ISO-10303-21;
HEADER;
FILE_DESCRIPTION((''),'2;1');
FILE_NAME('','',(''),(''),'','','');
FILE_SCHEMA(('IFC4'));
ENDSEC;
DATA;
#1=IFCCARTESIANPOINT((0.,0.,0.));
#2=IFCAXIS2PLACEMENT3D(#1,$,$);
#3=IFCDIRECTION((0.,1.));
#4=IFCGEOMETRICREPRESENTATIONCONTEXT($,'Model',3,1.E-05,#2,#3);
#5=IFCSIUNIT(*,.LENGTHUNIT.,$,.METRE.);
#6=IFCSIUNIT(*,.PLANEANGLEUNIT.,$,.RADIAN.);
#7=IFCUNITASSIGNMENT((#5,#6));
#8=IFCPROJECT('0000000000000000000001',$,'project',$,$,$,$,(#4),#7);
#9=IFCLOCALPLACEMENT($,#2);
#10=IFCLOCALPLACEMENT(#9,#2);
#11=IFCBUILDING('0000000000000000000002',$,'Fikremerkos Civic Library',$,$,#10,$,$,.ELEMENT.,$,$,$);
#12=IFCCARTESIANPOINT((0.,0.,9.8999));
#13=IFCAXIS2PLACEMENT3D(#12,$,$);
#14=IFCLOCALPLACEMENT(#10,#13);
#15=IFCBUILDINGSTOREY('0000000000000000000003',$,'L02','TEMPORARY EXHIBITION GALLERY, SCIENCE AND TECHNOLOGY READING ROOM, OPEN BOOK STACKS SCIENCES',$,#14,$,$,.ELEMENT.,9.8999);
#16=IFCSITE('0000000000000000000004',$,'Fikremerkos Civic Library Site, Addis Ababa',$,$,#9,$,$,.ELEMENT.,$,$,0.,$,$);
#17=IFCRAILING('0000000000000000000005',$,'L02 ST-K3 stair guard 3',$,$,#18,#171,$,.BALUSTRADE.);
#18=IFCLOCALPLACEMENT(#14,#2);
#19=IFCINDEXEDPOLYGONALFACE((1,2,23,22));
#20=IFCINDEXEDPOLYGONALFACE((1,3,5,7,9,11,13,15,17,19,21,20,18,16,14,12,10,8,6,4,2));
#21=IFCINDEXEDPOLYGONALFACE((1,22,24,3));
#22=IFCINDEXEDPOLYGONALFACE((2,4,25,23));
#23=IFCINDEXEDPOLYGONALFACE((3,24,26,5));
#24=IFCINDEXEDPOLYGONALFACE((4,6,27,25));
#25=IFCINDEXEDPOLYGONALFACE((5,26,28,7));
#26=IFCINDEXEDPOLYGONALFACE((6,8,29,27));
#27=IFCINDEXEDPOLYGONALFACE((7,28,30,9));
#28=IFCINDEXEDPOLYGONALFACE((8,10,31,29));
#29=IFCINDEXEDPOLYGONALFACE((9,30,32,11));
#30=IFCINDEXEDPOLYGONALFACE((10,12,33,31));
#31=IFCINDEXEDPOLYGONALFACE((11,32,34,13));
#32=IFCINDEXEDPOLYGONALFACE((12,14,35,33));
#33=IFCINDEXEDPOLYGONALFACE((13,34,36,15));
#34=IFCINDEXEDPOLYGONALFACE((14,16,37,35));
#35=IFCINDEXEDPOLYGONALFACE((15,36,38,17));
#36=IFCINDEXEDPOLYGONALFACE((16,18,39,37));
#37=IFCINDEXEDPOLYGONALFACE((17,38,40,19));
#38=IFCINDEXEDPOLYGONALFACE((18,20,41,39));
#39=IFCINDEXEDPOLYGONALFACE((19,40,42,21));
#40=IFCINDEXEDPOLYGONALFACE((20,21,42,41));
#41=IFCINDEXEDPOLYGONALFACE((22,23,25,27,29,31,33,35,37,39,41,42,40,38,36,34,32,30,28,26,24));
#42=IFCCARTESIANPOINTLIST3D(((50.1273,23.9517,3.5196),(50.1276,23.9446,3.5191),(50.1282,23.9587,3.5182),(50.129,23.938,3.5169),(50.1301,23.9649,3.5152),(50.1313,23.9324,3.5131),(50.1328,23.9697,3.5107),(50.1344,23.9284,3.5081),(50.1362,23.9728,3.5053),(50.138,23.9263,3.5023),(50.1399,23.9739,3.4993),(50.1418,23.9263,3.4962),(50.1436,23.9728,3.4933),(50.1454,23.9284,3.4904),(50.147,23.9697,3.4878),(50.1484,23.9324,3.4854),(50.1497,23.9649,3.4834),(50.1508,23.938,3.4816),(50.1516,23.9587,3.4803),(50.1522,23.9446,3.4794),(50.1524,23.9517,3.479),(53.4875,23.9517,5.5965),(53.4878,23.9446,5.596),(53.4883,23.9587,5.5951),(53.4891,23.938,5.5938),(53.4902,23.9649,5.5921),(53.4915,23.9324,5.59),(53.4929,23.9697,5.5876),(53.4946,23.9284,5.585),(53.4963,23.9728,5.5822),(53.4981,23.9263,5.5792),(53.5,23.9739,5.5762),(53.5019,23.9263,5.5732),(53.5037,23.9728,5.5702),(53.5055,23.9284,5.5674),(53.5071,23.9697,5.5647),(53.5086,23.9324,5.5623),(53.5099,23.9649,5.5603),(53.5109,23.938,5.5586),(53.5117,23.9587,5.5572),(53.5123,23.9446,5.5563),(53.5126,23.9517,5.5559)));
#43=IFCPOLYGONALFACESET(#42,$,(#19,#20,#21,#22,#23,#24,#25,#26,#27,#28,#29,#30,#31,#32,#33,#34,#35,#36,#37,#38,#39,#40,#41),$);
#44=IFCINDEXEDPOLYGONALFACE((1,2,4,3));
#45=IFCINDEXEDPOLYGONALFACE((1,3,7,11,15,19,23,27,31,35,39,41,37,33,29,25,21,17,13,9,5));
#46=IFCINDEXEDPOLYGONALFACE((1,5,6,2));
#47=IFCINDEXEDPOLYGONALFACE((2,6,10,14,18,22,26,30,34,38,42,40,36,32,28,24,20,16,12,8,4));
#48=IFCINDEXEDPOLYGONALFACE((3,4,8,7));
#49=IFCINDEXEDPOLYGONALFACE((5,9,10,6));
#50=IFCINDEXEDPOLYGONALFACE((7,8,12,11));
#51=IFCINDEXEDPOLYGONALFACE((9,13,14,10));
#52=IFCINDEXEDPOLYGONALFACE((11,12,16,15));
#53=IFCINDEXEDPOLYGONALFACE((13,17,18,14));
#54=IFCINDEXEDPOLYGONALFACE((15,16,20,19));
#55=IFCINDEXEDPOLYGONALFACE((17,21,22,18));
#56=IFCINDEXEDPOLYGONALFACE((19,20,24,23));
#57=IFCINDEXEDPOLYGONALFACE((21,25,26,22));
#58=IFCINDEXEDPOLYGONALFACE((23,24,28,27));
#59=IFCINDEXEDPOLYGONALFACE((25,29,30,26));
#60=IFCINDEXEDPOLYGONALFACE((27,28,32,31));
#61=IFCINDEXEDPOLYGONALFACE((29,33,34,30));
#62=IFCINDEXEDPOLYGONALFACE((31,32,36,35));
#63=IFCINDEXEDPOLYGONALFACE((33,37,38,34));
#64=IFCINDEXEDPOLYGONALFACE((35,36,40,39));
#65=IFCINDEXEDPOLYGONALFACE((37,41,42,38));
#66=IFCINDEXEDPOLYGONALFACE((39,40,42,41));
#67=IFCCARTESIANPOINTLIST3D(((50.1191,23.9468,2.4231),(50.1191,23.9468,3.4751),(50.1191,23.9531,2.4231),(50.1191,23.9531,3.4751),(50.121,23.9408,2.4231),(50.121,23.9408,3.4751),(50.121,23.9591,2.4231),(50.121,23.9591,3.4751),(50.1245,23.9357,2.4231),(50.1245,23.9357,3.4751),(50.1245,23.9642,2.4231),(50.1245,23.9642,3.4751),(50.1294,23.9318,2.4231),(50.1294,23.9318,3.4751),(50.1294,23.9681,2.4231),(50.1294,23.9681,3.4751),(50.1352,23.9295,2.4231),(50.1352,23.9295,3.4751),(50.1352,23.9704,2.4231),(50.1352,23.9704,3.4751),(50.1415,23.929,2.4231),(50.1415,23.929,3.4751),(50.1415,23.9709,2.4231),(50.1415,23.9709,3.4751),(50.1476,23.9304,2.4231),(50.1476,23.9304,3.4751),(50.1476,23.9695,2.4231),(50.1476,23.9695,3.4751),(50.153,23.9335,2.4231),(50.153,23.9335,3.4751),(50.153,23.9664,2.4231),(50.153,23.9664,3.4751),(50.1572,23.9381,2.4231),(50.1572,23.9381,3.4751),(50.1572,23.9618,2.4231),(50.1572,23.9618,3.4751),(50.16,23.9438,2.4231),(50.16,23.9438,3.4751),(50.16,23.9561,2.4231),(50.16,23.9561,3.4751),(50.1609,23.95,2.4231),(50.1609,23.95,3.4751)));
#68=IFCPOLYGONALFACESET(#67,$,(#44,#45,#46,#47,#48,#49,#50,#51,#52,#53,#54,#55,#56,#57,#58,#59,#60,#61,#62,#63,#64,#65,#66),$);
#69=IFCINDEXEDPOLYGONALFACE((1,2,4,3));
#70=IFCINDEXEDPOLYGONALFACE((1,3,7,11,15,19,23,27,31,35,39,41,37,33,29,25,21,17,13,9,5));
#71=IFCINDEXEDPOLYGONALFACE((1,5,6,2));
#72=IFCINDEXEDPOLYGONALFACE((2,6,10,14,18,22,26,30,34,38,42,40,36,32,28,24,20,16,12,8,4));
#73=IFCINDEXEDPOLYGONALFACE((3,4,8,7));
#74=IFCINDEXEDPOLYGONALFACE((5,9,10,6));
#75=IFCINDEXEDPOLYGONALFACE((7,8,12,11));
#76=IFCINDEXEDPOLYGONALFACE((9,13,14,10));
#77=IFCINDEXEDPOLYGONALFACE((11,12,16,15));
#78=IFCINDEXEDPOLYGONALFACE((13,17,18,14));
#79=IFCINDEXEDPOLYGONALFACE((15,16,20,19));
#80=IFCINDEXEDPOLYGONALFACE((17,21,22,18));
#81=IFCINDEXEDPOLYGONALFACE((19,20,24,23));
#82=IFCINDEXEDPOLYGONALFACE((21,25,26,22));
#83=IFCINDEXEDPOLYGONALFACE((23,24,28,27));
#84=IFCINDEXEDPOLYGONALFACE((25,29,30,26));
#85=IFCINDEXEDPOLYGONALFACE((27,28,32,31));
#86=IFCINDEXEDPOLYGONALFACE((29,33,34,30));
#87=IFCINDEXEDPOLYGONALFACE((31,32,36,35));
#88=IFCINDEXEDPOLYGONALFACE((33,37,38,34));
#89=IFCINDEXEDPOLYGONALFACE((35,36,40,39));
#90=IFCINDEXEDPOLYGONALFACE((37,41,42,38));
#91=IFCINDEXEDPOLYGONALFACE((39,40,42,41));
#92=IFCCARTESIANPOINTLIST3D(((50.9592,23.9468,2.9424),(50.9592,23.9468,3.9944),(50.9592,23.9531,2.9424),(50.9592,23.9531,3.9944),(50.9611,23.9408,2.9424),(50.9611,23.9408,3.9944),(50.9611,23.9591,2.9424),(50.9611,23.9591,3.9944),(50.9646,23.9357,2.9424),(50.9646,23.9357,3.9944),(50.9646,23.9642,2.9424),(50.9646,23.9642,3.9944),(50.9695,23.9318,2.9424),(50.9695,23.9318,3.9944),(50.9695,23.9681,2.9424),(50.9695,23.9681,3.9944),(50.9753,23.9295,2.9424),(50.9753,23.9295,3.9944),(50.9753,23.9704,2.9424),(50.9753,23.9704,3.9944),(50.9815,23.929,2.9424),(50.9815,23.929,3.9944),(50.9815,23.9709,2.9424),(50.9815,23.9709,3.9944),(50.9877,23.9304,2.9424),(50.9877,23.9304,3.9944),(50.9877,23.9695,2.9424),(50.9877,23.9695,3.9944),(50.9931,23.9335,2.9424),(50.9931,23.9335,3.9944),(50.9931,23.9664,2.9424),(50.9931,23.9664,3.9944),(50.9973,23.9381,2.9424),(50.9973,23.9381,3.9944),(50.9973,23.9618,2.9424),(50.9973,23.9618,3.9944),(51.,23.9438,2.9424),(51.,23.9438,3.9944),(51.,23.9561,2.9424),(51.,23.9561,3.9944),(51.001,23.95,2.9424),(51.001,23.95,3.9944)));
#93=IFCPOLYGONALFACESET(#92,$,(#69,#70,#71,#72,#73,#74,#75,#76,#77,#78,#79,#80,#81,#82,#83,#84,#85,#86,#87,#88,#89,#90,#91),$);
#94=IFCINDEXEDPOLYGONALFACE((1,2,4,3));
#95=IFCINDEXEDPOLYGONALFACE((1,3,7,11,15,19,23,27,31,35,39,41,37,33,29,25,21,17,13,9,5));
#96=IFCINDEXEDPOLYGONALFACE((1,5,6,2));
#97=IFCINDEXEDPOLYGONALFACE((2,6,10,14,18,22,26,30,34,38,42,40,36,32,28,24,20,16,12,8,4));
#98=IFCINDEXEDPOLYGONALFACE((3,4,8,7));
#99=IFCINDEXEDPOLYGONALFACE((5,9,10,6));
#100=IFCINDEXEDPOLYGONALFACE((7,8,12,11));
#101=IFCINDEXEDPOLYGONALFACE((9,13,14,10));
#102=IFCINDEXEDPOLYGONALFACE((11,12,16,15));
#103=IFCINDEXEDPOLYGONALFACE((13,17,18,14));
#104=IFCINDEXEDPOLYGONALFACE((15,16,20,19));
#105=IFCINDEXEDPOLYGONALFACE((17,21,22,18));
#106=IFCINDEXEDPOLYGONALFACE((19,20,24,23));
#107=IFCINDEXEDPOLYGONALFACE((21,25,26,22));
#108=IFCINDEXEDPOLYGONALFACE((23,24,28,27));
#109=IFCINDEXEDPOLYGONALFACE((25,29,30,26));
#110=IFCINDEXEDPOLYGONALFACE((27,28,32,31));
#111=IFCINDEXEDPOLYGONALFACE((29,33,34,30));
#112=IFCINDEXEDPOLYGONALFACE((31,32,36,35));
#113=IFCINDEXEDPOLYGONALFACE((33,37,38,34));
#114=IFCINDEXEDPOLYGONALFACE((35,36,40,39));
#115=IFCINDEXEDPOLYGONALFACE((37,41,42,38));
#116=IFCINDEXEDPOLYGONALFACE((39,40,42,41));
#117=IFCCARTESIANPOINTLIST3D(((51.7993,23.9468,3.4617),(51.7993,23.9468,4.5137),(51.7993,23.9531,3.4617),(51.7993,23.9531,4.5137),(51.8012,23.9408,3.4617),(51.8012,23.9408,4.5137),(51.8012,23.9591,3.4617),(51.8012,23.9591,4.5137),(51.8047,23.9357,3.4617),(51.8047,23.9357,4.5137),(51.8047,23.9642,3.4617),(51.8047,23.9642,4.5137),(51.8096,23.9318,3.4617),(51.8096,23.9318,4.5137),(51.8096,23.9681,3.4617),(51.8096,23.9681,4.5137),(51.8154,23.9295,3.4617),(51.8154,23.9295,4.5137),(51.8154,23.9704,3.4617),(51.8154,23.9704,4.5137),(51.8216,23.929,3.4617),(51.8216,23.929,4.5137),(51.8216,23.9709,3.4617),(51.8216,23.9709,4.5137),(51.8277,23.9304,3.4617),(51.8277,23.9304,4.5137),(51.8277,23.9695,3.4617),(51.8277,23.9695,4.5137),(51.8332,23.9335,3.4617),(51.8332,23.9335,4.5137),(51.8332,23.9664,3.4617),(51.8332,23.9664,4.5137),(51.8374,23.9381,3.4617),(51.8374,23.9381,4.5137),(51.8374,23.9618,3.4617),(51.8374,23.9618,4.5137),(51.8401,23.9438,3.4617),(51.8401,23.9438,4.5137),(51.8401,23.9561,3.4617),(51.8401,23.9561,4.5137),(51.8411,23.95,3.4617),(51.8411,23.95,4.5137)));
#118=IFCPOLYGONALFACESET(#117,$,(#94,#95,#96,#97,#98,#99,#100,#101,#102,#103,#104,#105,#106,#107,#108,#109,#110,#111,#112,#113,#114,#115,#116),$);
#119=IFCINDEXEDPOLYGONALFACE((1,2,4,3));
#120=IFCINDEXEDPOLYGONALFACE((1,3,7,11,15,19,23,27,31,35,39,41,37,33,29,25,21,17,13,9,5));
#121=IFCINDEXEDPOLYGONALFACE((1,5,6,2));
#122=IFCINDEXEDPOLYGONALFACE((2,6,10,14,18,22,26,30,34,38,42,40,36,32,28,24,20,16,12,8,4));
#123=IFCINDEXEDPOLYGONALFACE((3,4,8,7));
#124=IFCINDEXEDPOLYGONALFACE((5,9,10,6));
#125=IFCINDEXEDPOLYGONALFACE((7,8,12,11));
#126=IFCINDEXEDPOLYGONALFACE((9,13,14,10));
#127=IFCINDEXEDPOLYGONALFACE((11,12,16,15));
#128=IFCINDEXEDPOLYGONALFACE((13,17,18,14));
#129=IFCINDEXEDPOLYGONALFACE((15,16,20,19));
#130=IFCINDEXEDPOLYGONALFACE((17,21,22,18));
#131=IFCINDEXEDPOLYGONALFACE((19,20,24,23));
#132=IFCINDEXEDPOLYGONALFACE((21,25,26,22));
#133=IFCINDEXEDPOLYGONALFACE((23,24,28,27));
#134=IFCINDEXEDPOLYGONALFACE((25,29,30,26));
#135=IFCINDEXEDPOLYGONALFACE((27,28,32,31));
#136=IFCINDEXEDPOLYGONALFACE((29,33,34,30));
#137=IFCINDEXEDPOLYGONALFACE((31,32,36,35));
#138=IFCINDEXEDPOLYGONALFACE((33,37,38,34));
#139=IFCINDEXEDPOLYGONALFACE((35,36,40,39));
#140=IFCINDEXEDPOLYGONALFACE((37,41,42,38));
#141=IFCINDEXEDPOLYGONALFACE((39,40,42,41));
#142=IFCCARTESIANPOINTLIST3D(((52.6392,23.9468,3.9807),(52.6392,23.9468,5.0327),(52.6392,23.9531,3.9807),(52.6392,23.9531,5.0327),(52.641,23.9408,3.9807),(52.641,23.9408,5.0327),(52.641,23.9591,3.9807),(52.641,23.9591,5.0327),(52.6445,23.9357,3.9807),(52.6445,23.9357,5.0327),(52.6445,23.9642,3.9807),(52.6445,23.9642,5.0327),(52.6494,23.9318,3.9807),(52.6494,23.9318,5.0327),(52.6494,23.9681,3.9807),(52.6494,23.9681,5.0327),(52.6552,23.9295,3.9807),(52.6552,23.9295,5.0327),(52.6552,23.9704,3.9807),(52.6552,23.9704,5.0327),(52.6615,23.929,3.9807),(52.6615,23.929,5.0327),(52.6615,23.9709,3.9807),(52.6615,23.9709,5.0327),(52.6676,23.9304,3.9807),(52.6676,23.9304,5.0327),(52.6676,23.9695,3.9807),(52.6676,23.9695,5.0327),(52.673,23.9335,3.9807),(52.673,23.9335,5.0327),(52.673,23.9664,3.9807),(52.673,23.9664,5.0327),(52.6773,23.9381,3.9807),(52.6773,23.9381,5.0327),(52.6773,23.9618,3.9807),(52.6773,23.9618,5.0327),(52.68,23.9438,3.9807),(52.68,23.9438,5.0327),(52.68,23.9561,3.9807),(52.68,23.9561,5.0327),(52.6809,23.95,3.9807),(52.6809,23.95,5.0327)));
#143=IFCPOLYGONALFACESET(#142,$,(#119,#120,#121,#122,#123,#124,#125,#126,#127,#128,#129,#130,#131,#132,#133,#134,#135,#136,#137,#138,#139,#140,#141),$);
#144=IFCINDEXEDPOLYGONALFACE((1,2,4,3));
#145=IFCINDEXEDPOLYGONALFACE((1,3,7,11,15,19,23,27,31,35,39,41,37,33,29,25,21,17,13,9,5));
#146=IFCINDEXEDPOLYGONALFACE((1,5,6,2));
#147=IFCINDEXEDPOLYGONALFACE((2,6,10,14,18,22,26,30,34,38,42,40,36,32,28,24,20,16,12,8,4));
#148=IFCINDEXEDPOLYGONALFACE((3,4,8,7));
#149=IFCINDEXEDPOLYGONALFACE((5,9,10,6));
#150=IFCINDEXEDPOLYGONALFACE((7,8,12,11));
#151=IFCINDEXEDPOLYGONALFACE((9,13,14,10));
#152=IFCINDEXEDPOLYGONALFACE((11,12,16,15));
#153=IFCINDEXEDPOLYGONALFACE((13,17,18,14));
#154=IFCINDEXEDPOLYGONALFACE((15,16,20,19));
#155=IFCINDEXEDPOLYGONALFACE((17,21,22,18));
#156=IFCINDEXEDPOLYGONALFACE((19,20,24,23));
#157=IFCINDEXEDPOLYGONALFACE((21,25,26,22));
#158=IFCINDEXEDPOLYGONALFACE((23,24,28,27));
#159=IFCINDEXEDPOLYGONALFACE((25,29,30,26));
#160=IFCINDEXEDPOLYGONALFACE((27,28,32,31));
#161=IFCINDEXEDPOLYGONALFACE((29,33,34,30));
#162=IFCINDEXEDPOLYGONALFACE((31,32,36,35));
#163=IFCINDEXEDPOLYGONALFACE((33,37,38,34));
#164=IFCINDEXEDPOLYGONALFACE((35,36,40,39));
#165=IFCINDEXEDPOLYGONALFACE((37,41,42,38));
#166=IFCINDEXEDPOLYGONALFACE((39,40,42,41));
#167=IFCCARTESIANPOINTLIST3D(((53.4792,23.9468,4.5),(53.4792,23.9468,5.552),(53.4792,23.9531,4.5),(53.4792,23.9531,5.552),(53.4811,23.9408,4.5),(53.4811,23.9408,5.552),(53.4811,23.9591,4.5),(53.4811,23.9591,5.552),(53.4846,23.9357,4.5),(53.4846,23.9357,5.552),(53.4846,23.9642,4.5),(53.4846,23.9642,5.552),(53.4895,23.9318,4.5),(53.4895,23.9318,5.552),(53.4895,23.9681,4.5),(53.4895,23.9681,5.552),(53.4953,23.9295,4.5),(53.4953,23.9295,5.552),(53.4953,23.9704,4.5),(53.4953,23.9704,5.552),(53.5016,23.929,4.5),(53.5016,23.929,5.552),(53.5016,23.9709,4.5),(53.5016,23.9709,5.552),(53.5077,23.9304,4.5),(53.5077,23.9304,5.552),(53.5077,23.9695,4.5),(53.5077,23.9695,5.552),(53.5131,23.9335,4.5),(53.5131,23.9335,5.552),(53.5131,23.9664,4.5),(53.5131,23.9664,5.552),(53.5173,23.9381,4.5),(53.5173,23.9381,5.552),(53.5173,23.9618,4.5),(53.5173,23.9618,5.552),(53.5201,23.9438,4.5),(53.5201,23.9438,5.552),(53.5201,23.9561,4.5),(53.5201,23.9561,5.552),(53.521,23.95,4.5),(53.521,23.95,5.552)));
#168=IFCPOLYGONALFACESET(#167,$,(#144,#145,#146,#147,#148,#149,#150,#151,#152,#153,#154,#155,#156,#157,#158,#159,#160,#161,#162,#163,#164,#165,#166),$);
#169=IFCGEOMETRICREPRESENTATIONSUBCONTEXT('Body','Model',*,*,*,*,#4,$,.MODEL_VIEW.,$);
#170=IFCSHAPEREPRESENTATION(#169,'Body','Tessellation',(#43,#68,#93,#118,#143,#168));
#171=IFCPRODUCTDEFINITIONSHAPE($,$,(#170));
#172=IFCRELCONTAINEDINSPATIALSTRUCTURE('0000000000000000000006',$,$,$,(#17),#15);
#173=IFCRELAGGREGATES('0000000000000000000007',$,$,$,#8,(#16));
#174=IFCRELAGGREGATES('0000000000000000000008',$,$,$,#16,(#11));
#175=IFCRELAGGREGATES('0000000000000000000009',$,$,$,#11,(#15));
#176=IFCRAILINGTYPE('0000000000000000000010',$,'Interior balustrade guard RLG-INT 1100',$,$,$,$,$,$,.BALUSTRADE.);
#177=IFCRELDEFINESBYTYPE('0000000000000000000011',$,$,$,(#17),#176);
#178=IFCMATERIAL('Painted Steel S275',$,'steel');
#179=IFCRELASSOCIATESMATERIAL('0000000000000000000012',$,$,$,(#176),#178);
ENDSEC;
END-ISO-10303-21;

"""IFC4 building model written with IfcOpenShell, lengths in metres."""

from ifc_helpers import new_model, si_unit, direction, frame, origin, origin_2d, place, context, subcontext, project, spatial, circle, extrude, material, type_object, element, save


model = new_model("IFC4")

# Units and contexts
model_context = context("Model", 3, precision=1e-05, world=origin(), true_north=direction((0.0, 1.0)))
body_context = subcontext(model_context, "Body", "Model", "MODEL_VIEW")
ifc_project = project(units=[si_unit("LENGTHUNIT", "METRE"), si_unit("PLANEANGLEUNIT", "RADIAN")], contexts=[model_context])

# Site, building, storey
site_placement = place(None, origin())
site = spatial("IfcSite", under=ifc_project, at=site_placement, Name="Fikremerkos Civic Library Site, Addis Ababa", CompositionType="ELEMENT", RefElevation=0.0)
building_placement = place(site_placement, origin())
building = spatial("IfcBuilding", under=site, at=building_placement, Name="Fikremerkos Civic Library", CompositionType="ELEMENT")
storey_placement = place(building_placement, frame((0.0, 0.0, 9.8999)))
storey = spatial("IfcBuildingStorey", under=building, at=storey_placement, Name="L02", Description="TEMPORARY EXHIBITION GALLERY, SCIENCE AND TECHNOLOGY READING ROOM, OPEN BOOK STACKS SCIENCES", CompositionType="ELEMENT", Elevation=9.8999)

# Railing
ifc_material_1 = material(Name="Painted Steel S275", Category="steel")
railing_type_1 = type_object("IfcRailingType", Name="Interior balustrade guard RLG-INT 1100", PredefinedType="BALUSTRADE", material=ifc_material_1)
railing_1_placement = place(storey_placement, frame((50.1399, 23.95, 2.4231)))
element("IfcRailing", 1, at=railing_1_placement, inside=storey, type_object=railing_type_1, Name="L02 ST-K3 stair guard 3", PredefinedType="BALUSTRADE", context=body_context, shape_type="SweptSolid", body=[
    extrude(circle(Radius=0.0239, at=origin_2d()), frame((0.0, 0.0, 1.0762), z_axis=(0.850623, 0.0, 0.525776), x_axis=(0.0, 1.0, 0.0)), (0.0, 0.0, 1.0), 3.9502),
    extrude(circle(Radius=0.021, at=origin_2d()), origin(), (0.0, 0.0, 1.0), 1.052),
    extrude(circle(Radius=0.021, at=origin_2d()), frame((0.8401, 0.0, 0.5193)), (0.0, 0.0, 1.0), 1.052),
    extrude(circle(Radius=0.021, at=origin_2d()), frame((1.6802, 0.0, 1.0386)), (0.0, 0.0, 1.0), 1.052),
    extrude(circle(Radius=0.021, at=origin_2d()), frame((2.52, 0.0, 1.5576)), (0.0, 0.0, 1.0), 1.052),
    extrude(circle(Radius=0.021, at=origin_2d()), frame((3.3601, 0.0, 2.0769)), (0.0, 0.0, 1.0), 1.052),
])

save(model, "model.ifc")
